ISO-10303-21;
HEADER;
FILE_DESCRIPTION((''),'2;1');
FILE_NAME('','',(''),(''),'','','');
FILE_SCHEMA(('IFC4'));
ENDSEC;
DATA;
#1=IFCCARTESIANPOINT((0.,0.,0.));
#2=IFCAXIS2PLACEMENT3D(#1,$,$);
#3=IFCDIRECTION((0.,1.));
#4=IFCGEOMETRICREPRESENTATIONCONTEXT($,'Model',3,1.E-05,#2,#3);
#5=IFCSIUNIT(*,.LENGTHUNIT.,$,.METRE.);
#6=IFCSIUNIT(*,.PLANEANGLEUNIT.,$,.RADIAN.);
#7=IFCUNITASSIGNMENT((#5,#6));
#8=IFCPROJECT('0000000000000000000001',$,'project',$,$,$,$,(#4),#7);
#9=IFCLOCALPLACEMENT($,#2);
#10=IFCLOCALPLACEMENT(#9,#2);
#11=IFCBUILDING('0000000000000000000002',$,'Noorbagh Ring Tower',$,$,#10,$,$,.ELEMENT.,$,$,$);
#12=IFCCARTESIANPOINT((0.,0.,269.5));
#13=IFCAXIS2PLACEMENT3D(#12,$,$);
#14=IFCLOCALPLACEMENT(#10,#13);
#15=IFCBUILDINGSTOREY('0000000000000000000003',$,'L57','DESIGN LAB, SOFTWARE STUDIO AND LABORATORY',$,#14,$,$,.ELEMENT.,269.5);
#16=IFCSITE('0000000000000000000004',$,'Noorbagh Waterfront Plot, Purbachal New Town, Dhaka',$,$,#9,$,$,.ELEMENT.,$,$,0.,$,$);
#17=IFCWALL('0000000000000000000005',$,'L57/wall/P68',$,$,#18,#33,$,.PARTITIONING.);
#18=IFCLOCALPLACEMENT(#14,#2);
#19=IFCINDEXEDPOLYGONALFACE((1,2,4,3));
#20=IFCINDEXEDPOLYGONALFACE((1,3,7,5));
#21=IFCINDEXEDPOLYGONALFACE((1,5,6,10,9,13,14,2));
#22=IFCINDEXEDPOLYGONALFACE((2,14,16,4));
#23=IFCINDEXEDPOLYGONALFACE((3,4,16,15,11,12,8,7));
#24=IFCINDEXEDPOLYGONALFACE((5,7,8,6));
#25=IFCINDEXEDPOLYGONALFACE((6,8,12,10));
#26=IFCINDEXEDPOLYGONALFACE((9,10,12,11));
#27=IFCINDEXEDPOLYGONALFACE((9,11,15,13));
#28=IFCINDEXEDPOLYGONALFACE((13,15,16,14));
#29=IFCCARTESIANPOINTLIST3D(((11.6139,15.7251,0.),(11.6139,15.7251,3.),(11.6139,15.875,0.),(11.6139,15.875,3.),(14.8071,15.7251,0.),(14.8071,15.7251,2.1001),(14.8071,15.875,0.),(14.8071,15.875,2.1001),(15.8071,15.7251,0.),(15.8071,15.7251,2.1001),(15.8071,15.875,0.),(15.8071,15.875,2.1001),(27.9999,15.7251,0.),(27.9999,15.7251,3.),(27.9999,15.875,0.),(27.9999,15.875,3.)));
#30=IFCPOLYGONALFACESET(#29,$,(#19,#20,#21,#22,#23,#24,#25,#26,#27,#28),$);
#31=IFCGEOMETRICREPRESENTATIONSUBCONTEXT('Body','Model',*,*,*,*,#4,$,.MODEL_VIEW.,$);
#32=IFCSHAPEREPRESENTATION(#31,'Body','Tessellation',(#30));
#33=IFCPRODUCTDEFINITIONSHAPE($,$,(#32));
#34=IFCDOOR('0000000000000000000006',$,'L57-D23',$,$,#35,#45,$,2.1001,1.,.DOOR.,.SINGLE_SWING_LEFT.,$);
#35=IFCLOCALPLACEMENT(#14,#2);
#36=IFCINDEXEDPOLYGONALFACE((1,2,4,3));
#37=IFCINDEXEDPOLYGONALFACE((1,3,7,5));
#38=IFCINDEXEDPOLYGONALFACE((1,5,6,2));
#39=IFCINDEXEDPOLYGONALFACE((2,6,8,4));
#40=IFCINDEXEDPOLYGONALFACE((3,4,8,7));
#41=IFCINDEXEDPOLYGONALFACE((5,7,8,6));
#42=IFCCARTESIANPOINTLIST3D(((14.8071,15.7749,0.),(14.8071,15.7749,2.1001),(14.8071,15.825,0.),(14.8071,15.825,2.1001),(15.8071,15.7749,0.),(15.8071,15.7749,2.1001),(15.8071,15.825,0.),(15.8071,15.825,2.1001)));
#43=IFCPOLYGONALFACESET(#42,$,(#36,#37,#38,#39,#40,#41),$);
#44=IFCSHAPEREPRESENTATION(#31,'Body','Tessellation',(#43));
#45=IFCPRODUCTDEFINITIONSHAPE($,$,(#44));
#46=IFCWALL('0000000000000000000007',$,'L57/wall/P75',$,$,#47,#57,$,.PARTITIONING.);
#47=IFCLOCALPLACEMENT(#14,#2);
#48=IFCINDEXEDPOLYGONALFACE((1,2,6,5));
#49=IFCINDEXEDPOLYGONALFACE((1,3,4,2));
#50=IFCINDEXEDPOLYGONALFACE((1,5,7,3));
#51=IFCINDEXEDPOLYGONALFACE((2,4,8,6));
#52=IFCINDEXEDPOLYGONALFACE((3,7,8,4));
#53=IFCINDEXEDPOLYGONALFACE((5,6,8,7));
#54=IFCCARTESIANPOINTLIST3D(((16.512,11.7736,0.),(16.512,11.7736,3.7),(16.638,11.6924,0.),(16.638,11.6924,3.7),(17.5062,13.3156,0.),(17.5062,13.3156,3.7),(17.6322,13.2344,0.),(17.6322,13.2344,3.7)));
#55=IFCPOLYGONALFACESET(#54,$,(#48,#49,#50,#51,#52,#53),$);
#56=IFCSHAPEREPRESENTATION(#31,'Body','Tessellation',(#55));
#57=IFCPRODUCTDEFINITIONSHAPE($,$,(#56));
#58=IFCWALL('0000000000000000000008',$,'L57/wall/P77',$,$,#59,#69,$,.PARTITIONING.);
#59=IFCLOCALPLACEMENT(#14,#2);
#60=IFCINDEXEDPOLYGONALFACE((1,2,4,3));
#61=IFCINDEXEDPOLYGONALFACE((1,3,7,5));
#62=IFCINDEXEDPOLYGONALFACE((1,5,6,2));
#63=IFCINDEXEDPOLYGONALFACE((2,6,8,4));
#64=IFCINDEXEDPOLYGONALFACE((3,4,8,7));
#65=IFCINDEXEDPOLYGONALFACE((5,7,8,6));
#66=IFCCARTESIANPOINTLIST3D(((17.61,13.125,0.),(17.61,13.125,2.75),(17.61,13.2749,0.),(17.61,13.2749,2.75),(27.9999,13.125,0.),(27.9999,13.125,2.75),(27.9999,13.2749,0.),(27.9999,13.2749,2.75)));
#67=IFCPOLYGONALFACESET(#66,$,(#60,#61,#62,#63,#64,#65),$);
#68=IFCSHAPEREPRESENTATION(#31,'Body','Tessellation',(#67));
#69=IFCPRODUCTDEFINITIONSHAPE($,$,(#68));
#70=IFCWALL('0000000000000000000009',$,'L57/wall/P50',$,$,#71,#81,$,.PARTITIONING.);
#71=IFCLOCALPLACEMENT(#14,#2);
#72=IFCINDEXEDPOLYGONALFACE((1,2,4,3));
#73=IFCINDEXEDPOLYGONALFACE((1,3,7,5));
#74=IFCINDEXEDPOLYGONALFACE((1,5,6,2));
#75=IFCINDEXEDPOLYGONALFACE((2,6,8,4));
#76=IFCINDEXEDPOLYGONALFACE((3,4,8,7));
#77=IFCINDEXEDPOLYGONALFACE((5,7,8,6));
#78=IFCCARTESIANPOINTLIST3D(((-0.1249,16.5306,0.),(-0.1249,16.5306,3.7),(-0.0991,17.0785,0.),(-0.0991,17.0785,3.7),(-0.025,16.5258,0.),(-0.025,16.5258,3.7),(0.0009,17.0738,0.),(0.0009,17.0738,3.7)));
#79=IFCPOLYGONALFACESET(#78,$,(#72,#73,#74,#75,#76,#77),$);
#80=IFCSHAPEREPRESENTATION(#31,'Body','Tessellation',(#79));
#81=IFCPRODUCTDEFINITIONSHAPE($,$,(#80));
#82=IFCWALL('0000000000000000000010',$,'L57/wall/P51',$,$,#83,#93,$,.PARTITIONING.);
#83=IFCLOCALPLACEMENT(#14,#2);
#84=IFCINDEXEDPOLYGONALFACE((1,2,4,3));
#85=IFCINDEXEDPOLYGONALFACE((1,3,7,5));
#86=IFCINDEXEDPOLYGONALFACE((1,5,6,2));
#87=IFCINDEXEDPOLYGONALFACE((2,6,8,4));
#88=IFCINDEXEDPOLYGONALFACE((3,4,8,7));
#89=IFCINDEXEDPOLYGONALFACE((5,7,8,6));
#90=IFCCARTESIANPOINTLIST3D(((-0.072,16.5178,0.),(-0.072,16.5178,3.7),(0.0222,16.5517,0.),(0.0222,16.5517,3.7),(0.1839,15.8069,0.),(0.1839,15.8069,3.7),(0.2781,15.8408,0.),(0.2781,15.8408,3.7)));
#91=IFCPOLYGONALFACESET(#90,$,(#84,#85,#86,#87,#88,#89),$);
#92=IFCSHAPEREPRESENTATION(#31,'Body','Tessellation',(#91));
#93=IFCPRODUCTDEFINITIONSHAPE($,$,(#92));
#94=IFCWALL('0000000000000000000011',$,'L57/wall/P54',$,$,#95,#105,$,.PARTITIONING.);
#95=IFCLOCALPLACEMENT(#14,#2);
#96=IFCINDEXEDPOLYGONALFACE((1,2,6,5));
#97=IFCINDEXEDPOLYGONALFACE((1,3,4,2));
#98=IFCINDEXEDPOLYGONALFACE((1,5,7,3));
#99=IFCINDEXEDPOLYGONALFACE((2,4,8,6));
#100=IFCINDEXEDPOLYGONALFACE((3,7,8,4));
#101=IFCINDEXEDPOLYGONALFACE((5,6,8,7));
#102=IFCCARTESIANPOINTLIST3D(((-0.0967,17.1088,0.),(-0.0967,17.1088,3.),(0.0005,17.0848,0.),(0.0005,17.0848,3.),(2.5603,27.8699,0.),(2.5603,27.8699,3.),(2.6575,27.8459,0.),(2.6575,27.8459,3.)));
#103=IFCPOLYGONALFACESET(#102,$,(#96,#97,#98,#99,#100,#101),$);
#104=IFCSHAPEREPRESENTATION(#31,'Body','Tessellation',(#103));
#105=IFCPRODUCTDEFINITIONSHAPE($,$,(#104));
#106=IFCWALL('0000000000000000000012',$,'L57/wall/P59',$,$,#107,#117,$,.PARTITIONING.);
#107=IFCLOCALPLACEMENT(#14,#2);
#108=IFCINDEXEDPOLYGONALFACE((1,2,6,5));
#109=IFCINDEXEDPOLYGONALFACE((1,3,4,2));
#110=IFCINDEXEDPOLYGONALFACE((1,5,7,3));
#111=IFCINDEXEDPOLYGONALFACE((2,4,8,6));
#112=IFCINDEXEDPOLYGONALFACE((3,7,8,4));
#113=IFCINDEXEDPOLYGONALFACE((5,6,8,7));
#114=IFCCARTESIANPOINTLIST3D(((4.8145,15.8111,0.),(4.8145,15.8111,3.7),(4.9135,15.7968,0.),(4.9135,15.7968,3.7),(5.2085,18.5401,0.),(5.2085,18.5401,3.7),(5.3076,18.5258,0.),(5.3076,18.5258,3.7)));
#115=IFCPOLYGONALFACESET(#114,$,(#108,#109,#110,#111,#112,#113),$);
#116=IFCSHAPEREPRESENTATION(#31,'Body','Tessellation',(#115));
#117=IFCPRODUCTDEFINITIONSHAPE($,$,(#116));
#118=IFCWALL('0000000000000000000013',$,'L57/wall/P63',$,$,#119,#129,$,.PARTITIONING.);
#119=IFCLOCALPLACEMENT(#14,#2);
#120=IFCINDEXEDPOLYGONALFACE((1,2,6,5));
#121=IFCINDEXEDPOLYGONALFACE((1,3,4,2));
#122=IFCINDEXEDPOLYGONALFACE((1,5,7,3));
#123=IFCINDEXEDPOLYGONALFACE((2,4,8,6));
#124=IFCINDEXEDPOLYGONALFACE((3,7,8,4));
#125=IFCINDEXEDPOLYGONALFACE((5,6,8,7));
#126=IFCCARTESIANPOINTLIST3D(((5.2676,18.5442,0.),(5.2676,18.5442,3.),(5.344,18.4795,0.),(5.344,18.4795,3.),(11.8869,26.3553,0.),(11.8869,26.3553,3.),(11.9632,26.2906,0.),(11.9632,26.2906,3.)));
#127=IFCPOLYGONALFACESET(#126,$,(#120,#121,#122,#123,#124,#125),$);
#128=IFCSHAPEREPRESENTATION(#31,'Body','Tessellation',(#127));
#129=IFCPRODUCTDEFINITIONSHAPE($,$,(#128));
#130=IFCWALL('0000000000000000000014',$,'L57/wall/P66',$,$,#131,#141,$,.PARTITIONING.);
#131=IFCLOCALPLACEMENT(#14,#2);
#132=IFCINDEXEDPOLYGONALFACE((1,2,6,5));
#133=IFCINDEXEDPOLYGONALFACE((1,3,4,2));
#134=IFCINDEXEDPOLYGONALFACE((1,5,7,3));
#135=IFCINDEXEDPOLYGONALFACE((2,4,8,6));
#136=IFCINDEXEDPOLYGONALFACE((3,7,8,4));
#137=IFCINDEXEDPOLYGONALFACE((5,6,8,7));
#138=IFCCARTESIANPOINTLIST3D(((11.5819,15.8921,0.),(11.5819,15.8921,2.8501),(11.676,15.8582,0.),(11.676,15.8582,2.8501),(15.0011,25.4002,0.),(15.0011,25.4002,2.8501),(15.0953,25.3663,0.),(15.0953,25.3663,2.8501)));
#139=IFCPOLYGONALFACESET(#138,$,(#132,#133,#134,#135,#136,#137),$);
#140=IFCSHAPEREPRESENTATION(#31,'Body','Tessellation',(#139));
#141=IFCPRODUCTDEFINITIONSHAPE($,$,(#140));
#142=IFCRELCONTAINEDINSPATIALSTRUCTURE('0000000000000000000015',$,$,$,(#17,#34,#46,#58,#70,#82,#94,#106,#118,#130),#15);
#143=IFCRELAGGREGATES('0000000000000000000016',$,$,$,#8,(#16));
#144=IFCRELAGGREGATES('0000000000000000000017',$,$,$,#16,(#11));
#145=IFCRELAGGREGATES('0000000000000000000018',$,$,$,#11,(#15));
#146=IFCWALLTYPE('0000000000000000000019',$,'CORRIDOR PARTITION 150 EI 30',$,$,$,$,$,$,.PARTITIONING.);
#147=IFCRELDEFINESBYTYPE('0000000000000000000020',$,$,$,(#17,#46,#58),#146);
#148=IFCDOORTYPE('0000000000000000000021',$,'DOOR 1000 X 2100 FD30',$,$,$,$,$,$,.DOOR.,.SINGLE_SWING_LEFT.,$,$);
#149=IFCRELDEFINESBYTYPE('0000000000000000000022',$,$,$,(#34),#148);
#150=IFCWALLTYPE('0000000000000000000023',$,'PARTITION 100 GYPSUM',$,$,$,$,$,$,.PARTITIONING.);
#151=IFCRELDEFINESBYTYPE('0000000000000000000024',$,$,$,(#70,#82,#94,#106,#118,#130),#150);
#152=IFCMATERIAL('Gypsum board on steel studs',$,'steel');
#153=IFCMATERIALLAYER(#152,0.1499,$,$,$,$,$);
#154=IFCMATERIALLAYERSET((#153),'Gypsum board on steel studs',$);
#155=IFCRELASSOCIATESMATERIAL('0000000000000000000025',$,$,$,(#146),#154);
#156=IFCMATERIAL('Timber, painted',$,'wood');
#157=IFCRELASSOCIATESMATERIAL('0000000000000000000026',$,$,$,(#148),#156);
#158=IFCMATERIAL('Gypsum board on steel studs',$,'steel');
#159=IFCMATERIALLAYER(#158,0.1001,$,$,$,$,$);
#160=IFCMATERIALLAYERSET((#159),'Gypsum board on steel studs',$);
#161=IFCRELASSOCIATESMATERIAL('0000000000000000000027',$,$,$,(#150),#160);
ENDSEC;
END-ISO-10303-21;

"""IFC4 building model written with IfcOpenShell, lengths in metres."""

from ifc_helpers import new_model, si_unit, direction, frame, frame_2d, origin, place, context, subcontext, project, spatial, rectangle, extrude, material, layer, layer_set, type_object, element, fill, save


model = new_model("IFC4")

# Units and contexts
model_context = context("Model", 3, precision=1e-05, world=origin(), true_north=direction((0.0, 1.0)))
body_context = subcontext(model_context, "Body", "Model", "MODEL_VIEW")
ifc_project = project(units=[si_unit("LENGTHUNIT", "METRE"), si_unit("PLANEANGLEUNIT", "RADIAN")], contexts=[model_context])

# Site, building, storey
site_placement = place(None, origin())
site = spatial("IfcSite", under=ifc_project, at=site_placement, Name="Noorbagh Waterfront Plot, Purbachal New Town, Dhaka", CompositionType="ELEMENT", RefElevation=0.0)
building_placement = place(site_placement, origin())
building = spatial("IfcBuilding", under=site, at=building_placement, Name="Noorbagh Ring Tower", CompositionType="ELEMENT")
storey_placement = place(building_placement, frame((0.0, 0.0, 269.5)))
storey = spatial("IfcBuildingStorey", under=building, at=storey_placement, Name="L57", Description="DESIGN LAB, SOFTWARE STUDIO AND LABORATORY", CompositionType="ELEMENT", Elevation=269.5)

# Shared definitions
ifc_material_1 = material(Name="Gypsum board on steel studs", Category="steel")
ifc_layer_1 = layer(ifc_material_1, 0.1499)
ifc_layer_set_1 = layer_set([ifc_layer_1], Name="Gypsum board on steel studs")
wall_type_1 = type_object("IfcWallType", Name="CORRIDOR PARTITION 150 EI 30", PredefinedType="PARTITIONING", material=ifc_layer_set_1)

# Wall, opening, door
ifc_material_2 = material(Name="Timber, painted", Category="wood")
door_type = type_object("IfcDoorType", Name="DOOR 1000 X 2100 FD30", OperationType="SINGLE_SWING_LEFT", PredefinedType="DOOR", material=ifc_material_2)
wall_1_placement = place(storey_placement, frame((11.614, 15.8, 0.0), z_axis=(0.0, 0.0, 1.0), x_axis=(1.0, 0.0, 0.0)))
wall_1 = element("IfcWall", 1, at=wall_1_placement, inside=storey, type_object=wall_type_1, Name="L57/wall/P68", PredefinedType="PARTITIONING", context=body_context, shape_type="SweptSolid", body=[
    extrude(rectangle(XDim=16.386, YDim=0.1499, at=frame_2d((8.1929, 0.0))), origin(), (0.0, 0.0, 1.0), 3.0),
])
opening_1_placement = place(wall_1_placement, frame((3.1931, 0.0, 0.0)))
opening_1 = element("IfcOpeningElement", 2, at=opening_1_placement, cuts=wall_1, PredefinedType="OPENING", context=body_context, shape_type="SweptSolid", body=[
    extrude(rectangle(XDim=1.0, YDim=2.1001, at=frame_2d((0.5, 1.05))), frame((0.0, 0.085, 0.0), z_axis=(0.0, -1.0, 0.0), x_axis=(1.0, 0.0, 0.0)), (0.0, 0.0, 1.0), 0.1699),
])
door_1_placement = place(opening_1_placement, origin())
door_1 = element("IfcDoor", 3, at=door_1_placement, inside=storey, type_object=door_type, Name="L57-D23", OperationType="SINGLE_SWING_LEFT", OverallHeight=2.1001, OverallWidth=1.0, PredefinedType="DOOR", context=body_context, shape_type="SweptSolid", body=[
    extrude(rectangle(XDim=1.0, YDim=2.1001, at=frame_2d((0.5, 1.05))), frame((0.0, 0.0249, 0.0), z_axis=(0.0, -1.0, 0.0), x_axis=(1.0, 0.0, 0.0)), (0.0, 0.0, 1.0), 0.05),
])
fill(opening_1, door_1)

# Walls
wall_2_placement = place(storey_placement, frame((16.575, 11.7329, 0.0), z_axis=(0.0, 0.0, 1.0), x_axis=(0.54186, 0.840469, 0.0)))
element("IfcWall", 4, at=wall_2_placement, inside=storey, type_object=wall_type_1, Name="L57/wall/P75", PredefinedType="PARTITIONING", context=body_context, shape_type="SweptSolid", body=[
    extrude(rectangle(XDim=1.8347, YDim=0.1499, at=frame_2d((0.9175, 0.0))), origin(), (0.0, 0.0, 1.0), 3.7),
])
wall_3_placement = place(storey_placement, frame((17.6101, 13.2, 0.0), z_axis=(0.0, 0.0, 1.0), x_axis=(1.0, 0.0, 0.0)))
element("IfcWall", 5, at=wall_3_placement, inside=storey, type_object=wall_type_1, Name="L57/wall/P77", PredefinedType="PARTITIONING", context=body_context, shape_type="SweptSolid", body=[
    extrude(rectangle(XDim=10.3899, YDim=0.1499, at=frame_2d((5.1948, 0.0))), origin(), (0.0, 0.0, 1.0), 2.75),
])
ifc_material_3 = material(Name="Gypsum board on steel studs", Category="steel")
ifc_layer_2 = layer(ifc_material_3, 0.1001)
ifc_layer_set_2 = layer_set([ifc_layer_2], Name="Gypsum board on steel studs")
wall_type_2 = type_object("IfcWallType", Name="PARTITION 100 GYPSUM", PredefinedType="PARTITIONING", material=ifc_layer_set_2)
wall_4_placement = place(storey_placement, frame((-0.075, 16.5281, 0.0), z_axis=(0.0, 0.0, 1.0), x_axis=(0.047184, 0.998886, 0.0)))
element("IfcWall", 6, at=wall_4_placement, inside=storey, type_object=wall_type_2, Name="L57/wall/P50", PredefinedType="PARTITIONING", context=body_context, shape_type="SweptSolid", body=[
    extrude(rectangle(XDim=0.5486, YDim=0.1001, at=frame_2d((0.2744, 0.0))), origin(), (0.0, 0.0, 1.0), 3.7),
])
wall_5_placement = place(storey_placement, frame((-0.0249, 16.5349, 0.0), z_axis=(0.0, 0.0, 1.0), x_axis=(0.338628, -0.94092, 0.0)))
element("IfcWall", 7, at=wall_5_placement, inside=storey, type_object=wall_type_2, Name="L57/wall/P51", PredefinedType="PARTITIONING", context=body_context, shape_type="SweptSolid", body=[
    extrude(rectangle(XDim=0.7556, YDim=0.1001, at=frame_2d((0.3779, 0.0))), origin(), (0.0, 0.0, 1.0), 3.7),
])
wall_6_placement = place(storey_placement, frame((-0.0481, 17.0969, 0.0), z_axis=(0.0, 0.0, 1.0), x_axis=(0.23971, 0.970845, 0.0)))
element("IfcWall", 8, at=wall_6_placement, inside=storey, type_object=wall_type_2, Name="L57/wall/P54", PredefinedType="PARTITIONING", context=body_context, shape_type="SweptSolid", body=[
    extrude(rectangle(XDim=11.0842, YDim=0.1001, at=frame_2d((5.542, 0.0))), origin(), (0.0, 0.0, 1.0), 3.0),
])
wall_7_placement = place(storey_placement, frame((4.864, 15.804, 0.0), z_axis=(0.0, 0.0, 1.0), x_axis=(0.142909, 0.989736, 0.0)))
element("IfcWall", 9, at=wall_7_placement, inside=storey, type_object=wall_type_2, Name="L57/wall/P59", PredefinedType="PARTITIONING", context=body_context, shape_type="SweptSolid", body=[
    extrude(rectangle(XDim=2.7573, YDim=0.1001, at=frame_2d((1.3787, 0.0))), origin(), (0.0, 0.0, 1.0), 3.7),
])
wall_8_placement = place(storey_placement, frame((5.3059, 18.512, 0.0), z_axis=(0.0, 0.0, 1.0), x_axis=(0.6465, 0.762914, 0.0)))
element("IfcWall", 10, at=wall_8_placement, inside=storey, type_object=wall_type_2, Name="L57/wall/P63", PredefinedType="PARTITIONING", context=body_context, shape_type="SweptSolid", body=[
    extrude(rectangle(XDim=10.2385, YDim=0.1001, at=frame_2d((5.1191, 0.0))), origin(), (0.0, 0.0, 1.0), 3.0),
])
wall_9_placement = place(storey_placement, frame((11.6289, 15.875, 0.0), z_axis=(0.0, 0.0, 1.0), x_axis=(0.338394, 0.941004, 0.0)))
element("IfcWall", 11, at=wall_9_placement, inside=storey, type_object=wall_type_2, Name="L57/wall/P66", PredefinedType="PARTITIONING", context=body_context, shape_type="SweptSolid", body=[
    extrude(rectangle(XDim=10.1042, YDim=0.1001, at=frame_2d((5.0522, 0.0))), origin(), (0.0, 0.0, 1.0), 2.8501),
])

save(model, "model.ifc")
